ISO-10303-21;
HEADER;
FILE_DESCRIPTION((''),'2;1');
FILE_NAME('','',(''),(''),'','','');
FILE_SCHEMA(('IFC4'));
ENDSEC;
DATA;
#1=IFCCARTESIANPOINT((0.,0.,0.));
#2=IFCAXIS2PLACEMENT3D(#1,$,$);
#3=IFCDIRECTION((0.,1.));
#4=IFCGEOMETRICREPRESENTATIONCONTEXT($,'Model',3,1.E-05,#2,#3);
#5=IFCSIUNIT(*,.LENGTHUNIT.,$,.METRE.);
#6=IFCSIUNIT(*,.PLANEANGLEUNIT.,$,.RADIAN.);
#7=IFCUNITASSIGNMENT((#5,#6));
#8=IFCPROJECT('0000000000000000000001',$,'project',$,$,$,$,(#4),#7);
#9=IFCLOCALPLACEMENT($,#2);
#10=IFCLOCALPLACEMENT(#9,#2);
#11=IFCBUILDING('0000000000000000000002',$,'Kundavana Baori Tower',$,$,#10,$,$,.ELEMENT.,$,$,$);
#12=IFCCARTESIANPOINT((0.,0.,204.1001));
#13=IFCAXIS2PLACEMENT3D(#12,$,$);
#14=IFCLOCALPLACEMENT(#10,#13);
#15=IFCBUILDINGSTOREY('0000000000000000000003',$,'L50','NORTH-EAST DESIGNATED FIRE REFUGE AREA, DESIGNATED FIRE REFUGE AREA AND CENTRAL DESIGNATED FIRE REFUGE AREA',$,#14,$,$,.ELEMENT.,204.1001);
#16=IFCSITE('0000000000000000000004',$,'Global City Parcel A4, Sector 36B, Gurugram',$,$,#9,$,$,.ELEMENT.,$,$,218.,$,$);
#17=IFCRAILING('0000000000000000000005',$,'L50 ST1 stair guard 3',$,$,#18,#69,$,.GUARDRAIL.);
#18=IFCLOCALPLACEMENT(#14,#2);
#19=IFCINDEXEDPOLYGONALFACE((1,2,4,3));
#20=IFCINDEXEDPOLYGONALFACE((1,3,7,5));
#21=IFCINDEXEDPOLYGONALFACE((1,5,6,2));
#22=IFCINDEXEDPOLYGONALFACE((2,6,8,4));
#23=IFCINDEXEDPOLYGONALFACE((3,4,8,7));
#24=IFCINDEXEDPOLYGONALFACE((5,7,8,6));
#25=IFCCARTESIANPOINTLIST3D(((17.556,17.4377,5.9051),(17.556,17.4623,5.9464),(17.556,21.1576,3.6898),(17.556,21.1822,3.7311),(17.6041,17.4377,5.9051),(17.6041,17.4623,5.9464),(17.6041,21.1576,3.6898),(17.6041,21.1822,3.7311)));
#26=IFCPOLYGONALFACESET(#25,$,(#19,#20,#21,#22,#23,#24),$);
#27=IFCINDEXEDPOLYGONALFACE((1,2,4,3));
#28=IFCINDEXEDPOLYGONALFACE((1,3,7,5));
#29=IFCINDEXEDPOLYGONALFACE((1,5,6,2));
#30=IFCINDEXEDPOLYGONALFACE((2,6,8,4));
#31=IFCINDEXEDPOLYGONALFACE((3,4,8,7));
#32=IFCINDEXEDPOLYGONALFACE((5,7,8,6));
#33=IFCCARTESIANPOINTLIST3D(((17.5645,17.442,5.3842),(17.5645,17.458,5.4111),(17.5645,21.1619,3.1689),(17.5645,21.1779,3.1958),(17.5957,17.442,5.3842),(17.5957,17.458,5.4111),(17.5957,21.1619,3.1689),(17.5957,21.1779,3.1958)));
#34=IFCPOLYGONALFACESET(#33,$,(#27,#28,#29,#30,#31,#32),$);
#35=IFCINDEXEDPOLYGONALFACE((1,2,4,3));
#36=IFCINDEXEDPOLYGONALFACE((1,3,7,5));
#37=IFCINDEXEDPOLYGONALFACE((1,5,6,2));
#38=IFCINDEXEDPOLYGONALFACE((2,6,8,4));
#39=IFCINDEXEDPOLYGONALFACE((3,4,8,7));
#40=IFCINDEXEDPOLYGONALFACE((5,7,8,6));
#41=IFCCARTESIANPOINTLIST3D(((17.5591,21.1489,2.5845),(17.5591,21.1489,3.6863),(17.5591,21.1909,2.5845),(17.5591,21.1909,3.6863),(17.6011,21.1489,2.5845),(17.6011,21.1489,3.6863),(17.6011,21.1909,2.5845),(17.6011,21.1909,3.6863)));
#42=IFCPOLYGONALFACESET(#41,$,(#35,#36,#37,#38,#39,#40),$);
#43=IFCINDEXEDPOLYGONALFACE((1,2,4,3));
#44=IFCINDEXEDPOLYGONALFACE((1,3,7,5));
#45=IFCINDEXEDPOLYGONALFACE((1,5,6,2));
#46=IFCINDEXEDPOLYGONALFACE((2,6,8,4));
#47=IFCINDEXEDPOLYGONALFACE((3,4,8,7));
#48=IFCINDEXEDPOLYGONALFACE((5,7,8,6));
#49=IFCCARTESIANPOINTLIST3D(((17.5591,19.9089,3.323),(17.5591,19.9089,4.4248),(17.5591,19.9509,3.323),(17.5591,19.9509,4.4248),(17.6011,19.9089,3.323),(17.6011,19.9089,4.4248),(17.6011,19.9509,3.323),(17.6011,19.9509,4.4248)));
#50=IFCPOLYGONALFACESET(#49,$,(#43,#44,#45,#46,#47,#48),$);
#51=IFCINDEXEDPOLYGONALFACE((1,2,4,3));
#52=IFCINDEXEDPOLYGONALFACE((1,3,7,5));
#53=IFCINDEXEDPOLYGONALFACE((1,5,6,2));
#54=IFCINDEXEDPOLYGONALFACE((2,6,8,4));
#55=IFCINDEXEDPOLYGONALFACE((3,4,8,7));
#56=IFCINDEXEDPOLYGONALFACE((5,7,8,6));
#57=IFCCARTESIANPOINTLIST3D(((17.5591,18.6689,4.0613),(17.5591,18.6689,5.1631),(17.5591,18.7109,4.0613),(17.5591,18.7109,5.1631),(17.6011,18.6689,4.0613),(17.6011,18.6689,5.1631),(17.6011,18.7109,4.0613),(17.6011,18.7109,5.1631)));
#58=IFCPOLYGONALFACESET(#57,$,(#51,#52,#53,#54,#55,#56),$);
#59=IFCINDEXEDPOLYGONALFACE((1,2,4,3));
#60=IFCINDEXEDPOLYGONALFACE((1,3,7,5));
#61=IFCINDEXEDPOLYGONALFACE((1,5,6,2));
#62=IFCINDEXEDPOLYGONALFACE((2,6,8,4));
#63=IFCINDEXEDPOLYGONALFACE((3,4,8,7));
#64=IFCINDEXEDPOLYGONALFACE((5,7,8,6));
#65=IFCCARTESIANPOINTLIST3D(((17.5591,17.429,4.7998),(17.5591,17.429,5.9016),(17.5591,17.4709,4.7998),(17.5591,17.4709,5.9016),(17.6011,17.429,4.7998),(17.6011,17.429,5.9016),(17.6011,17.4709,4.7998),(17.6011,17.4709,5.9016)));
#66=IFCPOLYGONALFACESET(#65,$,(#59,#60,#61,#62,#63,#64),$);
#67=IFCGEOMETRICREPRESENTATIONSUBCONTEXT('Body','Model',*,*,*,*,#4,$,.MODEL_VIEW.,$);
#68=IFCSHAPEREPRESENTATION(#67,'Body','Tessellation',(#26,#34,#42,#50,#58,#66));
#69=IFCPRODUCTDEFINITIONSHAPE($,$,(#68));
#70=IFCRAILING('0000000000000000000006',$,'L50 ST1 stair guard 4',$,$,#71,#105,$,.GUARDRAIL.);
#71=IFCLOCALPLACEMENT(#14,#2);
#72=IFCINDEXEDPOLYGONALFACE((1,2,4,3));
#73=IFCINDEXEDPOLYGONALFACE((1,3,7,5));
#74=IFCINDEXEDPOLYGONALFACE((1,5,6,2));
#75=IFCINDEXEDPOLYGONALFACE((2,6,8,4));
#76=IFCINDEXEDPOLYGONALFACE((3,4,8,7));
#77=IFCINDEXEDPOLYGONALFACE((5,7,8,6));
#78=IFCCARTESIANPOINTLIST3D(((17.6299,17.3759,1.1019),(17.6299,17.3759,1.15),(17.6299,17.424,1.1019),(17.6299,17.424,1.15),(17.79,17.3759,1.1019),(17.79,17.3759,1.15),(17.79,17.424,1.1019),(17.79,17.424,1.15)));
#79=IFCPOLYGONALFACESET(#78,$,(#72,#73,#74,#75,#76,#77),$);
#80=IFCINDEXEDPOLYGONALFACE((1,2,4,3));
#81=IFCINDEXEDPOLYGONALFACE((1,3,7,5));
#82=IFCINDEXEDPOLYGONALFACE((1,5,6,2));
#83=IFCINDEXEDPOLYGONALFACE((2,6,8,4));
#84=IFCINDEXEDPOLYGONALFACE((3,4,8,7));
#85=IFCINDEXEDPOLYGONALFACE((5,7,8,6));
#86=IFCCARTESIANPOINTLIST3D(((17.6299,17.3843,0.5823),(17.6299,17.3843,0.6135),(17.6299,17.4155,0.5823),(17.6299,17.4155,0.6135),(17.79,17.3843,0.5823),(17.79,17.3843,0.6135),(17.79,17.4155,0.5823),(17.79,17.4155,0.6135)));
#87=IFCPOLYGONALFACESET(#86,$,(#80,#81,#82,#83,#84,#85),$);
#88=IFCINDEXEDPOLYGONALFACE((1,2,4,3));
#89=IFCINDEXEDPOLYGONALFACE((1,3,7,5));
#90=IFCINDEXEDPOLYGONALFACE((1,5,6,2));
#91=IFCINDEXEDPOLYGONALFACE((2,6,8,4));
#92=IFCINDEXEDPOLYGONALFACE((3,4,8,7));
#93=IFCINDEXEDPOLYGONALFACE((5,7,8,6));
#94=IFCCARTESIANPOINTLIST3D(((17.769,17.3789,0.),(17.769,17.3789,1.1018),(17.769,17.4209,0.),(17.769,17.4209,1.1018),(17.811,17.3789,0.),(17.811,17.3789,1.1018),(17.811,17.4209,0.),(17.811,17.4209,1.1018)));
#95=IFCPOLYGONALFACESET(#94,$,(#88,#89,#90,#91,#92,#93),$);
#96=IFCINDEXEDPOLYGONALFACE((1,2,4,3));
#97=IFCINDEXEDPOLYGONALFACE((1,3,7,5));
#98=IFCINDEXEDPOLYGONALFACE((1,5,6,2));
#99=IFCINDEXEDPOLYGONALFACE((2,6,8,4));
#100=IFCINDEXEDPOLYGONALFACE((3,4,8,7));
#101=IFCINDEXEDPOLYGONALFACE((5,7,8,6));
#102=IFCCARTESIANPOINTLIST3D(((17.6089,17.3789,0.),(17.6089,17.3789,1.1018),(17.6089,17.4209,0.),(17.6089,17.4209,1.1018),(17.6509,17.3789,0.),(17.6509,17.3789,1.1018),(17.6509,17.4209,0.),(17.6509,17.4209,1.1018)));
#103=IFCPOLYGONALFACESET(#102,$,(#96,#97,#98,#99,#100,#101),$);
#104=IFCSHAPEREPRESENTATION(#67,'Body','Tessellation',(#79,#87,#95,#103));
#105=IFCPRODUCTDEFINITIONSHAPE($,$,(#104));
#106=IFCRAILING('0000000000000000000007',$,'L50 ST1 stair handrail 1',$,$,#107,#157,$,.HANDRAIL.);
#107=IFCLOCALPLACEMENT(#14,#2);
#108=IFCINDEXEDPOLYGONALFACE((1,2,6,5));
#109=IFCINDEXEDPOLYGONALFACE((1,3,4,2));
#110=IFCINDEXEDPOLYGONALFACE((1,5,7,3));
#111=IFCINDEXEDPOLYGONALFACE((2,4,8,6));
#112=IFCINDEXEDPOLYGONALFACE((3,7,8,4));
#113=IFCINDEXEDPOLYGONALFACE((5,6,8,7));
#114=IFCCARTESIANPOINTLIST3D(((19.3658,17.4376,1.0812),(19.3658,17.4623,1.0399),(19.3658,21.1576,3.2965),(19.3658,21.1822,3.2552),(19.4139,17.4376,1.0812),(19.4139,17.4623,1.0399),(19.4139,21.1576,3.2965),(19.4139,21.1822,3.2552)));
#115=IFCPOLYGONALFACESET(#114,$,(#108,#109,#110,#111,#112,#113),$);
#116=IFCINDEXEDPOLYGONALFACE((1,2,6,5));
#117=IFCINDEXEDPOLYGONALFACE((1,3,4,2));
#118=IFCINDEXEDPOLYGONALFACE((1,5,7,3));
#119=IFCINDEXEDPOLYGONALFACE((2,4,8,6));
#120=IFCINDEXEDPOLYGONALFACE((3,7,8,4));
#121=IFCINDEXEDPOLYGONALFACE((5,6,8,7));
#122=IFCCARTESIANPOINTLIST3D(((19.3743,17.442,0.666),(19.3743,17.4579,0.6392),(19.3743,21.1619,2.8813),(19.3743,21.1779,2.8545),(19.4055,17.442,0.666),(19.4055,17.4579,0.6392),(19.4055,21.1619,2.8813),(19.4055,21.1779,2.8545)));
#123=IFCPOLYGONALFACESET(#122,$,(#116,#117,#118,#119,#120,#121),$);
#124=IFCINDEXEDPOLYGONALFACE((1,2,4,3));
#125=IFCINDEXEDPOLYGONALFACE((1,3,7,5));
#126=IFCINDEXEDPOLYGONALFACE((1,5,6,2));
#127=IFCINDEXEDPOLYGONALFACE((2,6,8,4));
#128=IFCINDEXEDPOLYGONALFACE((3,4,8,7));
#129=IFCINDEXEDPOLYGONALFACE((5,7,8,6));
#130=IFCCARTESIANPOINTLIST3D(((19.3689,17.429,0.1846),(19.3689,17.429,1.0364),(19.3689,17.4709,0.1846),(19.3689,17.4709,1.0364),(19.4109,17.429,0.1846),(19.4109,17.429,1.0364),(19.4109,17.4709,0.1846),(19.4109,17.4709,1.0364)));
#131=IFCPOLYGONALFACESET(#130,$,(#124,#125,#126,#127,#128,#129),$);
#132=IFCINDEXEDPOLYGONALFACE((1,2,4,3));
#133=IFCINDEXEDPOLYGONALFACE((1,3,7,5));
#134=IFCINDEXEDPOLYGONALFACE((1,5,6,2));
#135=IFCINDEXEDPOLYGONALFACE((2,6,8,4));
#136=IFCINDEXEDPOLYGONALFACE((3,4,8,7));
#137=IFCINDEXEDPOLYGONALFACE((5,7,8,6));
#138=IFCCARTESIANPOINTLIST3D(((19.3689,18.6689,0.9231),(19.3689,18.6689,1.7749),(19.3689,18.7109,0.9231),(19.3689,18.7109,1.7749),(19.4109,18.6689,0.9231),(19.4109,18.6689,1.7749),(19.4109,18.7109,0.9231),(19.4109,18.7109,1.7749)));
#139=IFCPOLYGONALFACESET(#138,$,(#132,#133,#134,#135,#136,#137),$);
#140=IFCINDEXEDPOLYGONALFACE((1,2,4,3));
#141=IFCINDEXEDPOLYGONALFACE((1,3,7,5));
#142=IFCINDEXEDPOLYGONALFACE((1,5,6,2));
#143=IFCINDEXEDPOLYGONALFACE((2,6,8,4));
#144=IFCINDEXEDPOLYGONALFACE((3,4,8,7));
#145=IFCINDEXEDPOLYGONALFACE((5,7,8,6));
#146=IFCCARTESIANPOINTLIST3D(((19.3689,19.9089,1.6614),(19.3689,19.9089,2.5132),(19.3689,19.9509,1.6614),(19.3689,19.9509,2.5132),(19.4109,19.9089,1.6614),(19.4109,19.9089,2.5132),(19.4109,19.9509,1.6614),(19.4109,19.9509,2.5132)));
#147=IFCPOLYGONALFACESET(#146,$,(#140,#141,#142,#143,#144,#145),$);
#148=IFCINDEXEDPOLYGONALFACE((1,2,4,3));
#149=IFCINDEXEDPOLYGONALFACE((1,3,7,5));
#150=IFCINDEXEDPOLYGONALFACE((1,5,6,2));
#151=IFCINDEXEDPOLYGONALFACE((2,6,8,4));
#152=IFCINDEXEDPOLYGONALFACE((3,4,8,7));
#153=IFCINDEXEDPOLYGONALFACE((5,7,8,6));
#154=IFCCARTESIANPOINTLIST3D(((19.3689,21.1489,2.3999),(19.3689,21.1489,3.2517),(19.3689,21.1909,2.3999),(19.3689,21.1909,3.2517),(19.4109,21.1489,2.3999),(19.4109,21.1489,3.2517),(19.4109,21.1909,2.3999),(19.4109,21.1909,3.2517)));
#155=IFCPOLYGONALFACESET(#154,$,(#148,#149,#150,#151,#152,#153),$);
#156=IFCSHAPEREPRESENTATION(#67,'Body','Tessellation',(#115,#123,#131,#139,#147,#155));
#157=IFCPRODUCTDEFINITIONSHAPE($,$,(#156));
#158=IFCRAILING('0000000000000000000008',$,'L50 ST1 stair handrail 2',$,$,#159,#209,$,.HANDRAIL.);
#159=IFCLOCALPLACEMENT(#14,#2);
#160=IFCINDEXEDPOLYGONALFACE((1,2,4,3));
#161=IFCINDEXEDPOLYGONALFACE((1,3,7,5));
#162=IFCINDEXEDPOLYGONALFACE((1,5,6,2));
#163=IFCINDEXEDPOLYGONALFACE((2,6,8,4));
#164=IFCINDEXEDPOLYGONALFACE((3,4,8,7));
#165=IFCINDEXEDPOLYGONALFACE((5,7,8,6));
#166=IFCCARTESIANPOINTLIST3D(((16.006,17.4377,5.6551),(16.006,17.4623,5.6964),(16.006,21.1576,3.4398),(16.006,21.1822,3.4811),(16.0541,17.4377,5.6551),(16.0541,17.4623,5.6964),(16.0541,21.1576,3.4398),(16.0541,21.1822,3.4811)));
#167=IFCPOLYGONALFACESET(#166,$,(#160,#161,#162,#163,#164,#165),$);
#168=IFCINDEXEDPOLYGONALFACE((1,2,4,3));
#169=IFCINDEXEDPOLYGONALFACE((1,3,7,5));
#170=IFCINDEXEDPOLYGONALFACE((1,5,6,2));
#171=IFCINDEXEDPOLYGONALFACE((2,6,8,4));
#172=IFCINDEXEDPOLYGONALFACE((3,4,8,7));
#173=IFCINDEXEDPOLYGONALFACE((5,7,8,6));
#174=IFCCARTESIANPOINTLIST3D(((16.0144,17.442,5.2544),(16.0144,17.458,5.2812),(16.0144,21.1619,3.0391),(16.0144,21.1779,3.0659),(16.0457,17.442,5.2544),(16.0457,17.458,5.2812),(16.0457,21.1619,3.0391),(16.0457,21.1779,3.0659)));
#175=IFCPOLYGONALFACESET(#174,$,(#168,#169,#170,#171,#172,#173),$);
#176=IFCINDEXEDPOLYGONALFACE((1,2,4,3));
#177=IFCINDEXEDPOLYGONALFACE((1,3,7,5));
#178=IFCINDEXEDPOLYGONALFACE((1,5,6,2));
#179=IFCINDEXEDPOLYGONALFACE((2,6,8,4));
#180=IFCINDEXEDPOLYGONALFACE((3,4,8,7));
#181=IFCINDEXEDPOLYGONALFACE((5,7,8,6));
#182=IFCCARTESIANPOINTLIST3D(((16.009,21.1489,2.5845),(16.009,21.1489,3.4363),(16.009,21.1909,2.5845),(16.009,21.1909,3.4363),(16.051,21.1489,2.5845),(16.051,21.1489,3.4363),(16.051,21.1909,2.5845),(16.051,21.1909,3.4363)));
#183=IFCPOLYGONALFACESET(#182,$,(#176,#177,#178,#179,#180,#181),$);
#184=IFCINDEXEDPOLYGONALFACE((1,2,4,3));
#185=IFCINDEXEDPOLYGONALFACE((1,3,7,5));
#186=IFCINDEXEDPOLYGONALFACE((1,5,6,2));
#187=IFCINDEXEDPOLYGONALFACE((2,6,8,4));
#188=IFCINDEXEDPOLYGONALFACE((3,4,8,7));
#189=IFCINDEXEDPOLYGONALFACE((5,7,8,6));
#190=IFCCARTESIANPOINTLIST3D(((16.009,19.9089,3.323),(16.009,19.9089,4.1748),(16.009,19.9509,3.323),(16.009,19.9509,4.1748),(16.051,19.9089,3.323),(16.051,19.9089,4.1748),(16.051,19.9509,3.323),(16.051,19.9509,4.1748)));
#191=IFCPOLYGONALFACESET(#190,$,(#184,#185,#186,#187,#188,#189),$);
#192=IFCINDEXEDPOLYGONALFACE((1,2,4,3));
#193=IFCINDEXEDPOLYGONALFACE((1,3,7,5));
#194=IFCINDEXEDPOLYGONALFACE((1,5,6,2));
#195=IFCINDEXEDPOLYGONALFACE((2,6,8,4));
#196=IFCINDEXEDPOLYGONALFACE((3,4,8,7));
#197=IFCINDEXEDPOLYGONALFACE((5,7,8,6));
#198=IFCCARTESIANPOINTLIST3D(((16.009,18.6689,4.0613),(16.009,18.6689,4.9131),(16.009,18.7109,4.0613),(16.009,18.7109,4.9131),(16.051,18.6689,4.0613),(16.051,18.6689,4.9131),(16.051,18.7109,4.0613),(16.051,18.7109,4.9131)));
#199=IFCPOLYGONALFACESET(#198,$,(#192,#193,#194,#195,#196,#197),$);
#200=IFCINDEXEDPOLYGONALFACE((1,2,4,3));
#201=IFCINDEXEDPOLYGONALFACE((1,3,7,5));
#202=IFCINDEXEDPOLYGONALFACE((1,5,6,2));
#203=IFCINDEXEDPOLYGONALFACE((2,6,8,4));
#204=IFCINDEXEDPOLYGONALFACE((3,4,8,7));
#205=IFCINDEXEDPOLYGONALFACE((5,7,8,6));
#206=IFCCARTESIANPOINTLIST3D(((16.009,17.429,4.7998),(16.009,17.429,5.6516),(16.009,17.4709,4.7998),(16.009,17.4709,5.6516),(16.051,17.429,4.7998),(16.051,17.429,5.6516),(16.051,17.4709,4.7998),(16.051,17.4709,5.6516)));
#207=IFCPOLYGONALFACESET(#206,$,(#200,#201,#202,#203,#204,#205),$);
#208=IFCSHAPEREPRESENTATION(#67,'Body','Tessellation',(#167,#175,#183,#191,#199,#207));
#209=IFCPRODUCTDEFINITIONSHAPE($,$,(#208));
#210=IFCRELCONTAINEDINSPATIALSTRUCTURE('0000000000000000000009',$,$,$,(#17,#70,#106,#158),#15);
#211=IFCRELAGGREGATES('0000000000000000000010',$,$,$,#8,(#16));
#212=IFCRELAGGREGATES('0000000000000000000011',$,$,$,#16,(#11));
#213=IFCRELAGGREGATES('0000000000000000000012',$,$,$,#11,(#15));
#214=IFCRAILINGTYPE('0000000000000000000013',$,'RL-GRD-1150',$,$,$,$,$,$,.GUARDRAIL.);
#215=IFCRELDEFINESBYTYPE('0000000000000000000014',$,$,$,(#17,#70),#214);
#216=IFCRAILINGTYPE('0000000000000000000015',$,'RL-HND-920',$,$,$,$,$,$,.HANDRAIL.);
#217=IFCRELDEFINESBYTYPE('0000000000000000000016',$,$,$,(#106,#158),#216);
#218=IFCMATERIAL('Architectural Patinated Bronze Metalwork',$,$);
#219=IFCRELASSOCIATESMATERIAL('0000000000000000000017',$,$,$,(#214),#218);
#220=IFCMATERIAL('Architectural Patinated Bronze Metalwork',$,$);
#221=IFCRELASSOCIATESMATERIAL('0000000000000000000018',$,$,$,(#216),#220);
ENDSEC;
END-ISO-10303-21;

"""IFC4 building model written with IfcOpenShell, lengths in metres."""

from ifc_helpers import new_model, si_unit, direction, frame, origin, origin_2d, place, context, subcontext, project, spatial, rectangle, extrude, material, type_object, element, save


model = new_model("IFC4")

# Units and contexts
model_context = context("Model", 3, precision=1e-05, world=origin(), true_north=direction((0.0, 1.0)))
body_context = subcontext(model_context, "Body", "Model", "MODEL_VIEW")
ifc_project = project(units=[si_unit("LENGTHUNIT", "METRE"), si_unit("PLANEANGLEUNIT", "RADIAN")], contexts=[model_context])

# Site, building, storey
site_placement = place(None, origin())
site = spatial("IfcSite", under=ifc_project, at=site_placement, Name="Global City Parcel A4, Sector 36B, Gurugram", CompositionType="ELEMENT", RefElevation=218.0)
building_placement = place(site_placement, origin())
building = spatial("IfcBuilding", under=site, at=building_placement, Name="Kundavana Baori Tower", CompositionType="ELEMENT")
storey_placement = place(building_placement, frame((0.0, 0.0, 204.1001)))
storey = spatial("IfcBuildingStorey", under=building, at=storey_placement, Name="L50", Description="NORTH-EAST DESIGNATED FIRE REFUGE AREA, DESIGNATED FIRE REFUGE AREA AND CENTRAL DESIGNATED FIRE REFUGE AREA", CompositionType="ELEMENT", Elevation=204.1001)

# Railings
ifc_material_1 = material(Name="Architectural Patinated Bronze Metalwork")
railing_type_1 = type_object("IfcRailingType", Name="RL-GRD-1150", PredefinedType="GUARDRAIL", material=ifc_material_1)
railing_1_placement = place(storey_placement, frame((17.5801, 21.1699, 2.5845)))
element("IfcRailing", 1, at=railing_1_placement, inside=storey, type_object=railing_type_1, Name="L50 ST1 stair guard 3", PredefinedType="GUARDRAIL", context=body_context, shape_type="SweptSolid", body=[
    extrude(rectangle(XDim=0.0481, YDim=0.0481, at=origin_2d()), frame((0.0, 0.0, 1.126), z_axis=(0.0, -0.859185, 0.511665), x_axis=(1.0, 0.0, 0.0)), (0.0, 0.0, 1.0), 4.3296),
    extrude(rectangle(XDim=0.0312, YDim=0.0312, at=origin_2d()), frame((0.0, 0.0, 0.5979), z_axis=(0.0, -0.859185, 0.511665), x_axis=(1.0, 0.0, 0.0)), (0.0, 0.0, 1.0), 4.3296),
    extrude(rectangle(XDim=0.042, YDim=0.042, at=origin_2d()), origin(), (0.0, 0.0, 1.0), 1.1018),
    extrude(rectangle(XDim=0.042, YDim=0.042, at=origin_2d()), frame((0.0, -1.24, 0.7385)), (0.0, 0.0, 1.0), 1.1018),
    extrude(rectangle(XDim=0.042, YDim=0.042, at=origin_2d()), frame((0.0, -2.48, 1.4768)), (0.0, 0.0, 1.0), 1.1018),
    extrude(rectangle(XDim=0.042, YDim=0.042, at=origin_2d()), frame((0.0, -3.72, 2.2153)), (0.0, 0.0, 1.0), 1.1018),
])
railing_2_placement = place(storey_placement, frame((17.79, 17.3999, 0.0)))
element("IfcRailing", 2, at=railing_2_placement, inside=storey, type_object=railing_type_1, Name="L50 ST1 stair guard 4", PredefinedType="GUARDRAIL", context=body_context, shape_type="SweptSolid", body=[
    extrude(rectangle(XDim=0.0481, YDim=0.0481, at=origin_2d()), frame((0.0, 0.0, 1.126), z_axis=(-1.0, 0.0, 0.0), x_axis=(0.0, -1.0, 0.0)), (0.0, 0.0, 1.0), 0.1602),
    extrude(rectangle(XDim=0.0312, YDim=0.0312, at=origin_2d()), frame((0.0, 0.0, 0.5979), z_axis=(-1.0, 0.0, 0.0), x_axis=(0.0, -1.0, 0.0)), (0.0, 0.0, 1.0), 0.1602),
    extrude(rectangle(XDim=0.042, YDim=0.042, at=origin_2d()), origin(), (0.0, 0.0, 1.0), 1.1018),
    extrude(rectangle(XDim=0.042, YDim=0.042, at=origin_2d()), frame((-0.1602, 0.0, 0.0)), (0.0, 0.0, 1.0), 1.1018),
])
ifc_material_2 = material(Name="Architectural Patinated Bronze Metalwork")
railing_type_2 = type_object("IfcRailingType", Name="RL-HND-920", PredefinedType="HANDRAIL", material=ifc_material_2)
railing_3_placement = place(storey_placement, frame((19.3899, 17.45, 0.1846)))
element("IfcRailing", 3, at=railing_3_placement, inside=storey, type_object=railing_type_2, Name="L50 ST1 stair handrail 1", PredefinedType="HANDRAIL", context=body_context, shape_type="SweptSolid", body=[
    extrude(rectangle(XDim=0.0481, YDim=0.0481, at=origin_2d()), frame((0.0, 0.0, 0.876), z_axis=(0.0, 0.859185, 0.511665), x_axis=(-1.0, 0.0, 0.0)), (0.0, 0.0, 1.0), 4.3296),
    extrude(rectangle(XDim=0.0312, YDim=0.0312, at=origin_2d()), frame((0.0, 0.0, 0.468), z_axis=(0.0, 0.859185, 0.511665), x_axis=(-1.0, 0.0, 0.0)), (0.0, 0.0, 1.0), 4.3296),
    extrude(rectangle(XDim=0.042, YDim=0.042, at=origin_2d()), origin(), (0.0, 0.0, 1.0), 0.8518),
    extrude(rectangle(XDim=0.042, YDim=0.042, at=origin_2d()), frame((0.0, 1.24, 0.7385)), (0.0, 0.0, 1.0), 0.8518),
    extrude(rectangle(XDim=0.042, YDim=0.042, at=origin_2d()), frame((0.0, 2.48, 1.4768)), (0.0, 0.0, 1.0), 0.8518),
    extrude(rectangle(XDim=0.042, YDim=0.042, at=origin_2d()), frame((0.0, 3.72, 2.2153)), (0.0, 0.0, 1.0), 0.8518),
])
railing_4_placement = place(storey_placement, frame((16.03, 21.1699, 2.5845)))
element("IfcRailing", 4, at=railing_4_placement, inside=storey, type_object=railing_type_2, Name="L50 ST1 stair handrail 2", PredefinedType="HANDRAIL", context=body_context, shape_type="SweptSolid", body=[
    extrude(rectangle(XDim=0.0481, YDim=0.0481, at=origin_2d()), frame((0.0, 0.0, 0.876), z_axis=(0.0, -0.859185, 0.511665), x_axis=(1.0, 0.0, 0.0)), (0.0, 0.0, 1.0), 4.3296),
    extrude(rectangle(XDim=0.0312, YDim=0.0312, at=origin_2d()), frame((0.0, 0.0, 0.468), z_axis=(0.0, -0.859185, 0.511665), x_axis=(1.0, 0.0, 0.0)), (0.0, 0.0, 1.0), 4.3296),
    extrude(rectangle(XDim=0.042, YDim=0.042, at=origin_2d()), origin(), (0.0, 0.0, 1.0), 0.8518),
    extrude(rectangle(XDim=0.042, YDim=0.042, at=origin_2d()), frame((0.0, -1.24, 0.7385)), (0.0, 0.0, 1.0), 0.8518),
    extrude(rectangle(XDim=0.042, YDim=0.042, at=origin_2d()), frame((0.0, -2.48, 1.4768)), (0.0, 0.0, 1.0), 0.8518),
    extrude(rectangle(XDim=0.042, YDim=0.042, at=origin_2d()), frame((0.0, -3.72, 2.2153)), (0.0, 0.0, 1.0), 0.8518),
])

save(model, "model.ifc")
